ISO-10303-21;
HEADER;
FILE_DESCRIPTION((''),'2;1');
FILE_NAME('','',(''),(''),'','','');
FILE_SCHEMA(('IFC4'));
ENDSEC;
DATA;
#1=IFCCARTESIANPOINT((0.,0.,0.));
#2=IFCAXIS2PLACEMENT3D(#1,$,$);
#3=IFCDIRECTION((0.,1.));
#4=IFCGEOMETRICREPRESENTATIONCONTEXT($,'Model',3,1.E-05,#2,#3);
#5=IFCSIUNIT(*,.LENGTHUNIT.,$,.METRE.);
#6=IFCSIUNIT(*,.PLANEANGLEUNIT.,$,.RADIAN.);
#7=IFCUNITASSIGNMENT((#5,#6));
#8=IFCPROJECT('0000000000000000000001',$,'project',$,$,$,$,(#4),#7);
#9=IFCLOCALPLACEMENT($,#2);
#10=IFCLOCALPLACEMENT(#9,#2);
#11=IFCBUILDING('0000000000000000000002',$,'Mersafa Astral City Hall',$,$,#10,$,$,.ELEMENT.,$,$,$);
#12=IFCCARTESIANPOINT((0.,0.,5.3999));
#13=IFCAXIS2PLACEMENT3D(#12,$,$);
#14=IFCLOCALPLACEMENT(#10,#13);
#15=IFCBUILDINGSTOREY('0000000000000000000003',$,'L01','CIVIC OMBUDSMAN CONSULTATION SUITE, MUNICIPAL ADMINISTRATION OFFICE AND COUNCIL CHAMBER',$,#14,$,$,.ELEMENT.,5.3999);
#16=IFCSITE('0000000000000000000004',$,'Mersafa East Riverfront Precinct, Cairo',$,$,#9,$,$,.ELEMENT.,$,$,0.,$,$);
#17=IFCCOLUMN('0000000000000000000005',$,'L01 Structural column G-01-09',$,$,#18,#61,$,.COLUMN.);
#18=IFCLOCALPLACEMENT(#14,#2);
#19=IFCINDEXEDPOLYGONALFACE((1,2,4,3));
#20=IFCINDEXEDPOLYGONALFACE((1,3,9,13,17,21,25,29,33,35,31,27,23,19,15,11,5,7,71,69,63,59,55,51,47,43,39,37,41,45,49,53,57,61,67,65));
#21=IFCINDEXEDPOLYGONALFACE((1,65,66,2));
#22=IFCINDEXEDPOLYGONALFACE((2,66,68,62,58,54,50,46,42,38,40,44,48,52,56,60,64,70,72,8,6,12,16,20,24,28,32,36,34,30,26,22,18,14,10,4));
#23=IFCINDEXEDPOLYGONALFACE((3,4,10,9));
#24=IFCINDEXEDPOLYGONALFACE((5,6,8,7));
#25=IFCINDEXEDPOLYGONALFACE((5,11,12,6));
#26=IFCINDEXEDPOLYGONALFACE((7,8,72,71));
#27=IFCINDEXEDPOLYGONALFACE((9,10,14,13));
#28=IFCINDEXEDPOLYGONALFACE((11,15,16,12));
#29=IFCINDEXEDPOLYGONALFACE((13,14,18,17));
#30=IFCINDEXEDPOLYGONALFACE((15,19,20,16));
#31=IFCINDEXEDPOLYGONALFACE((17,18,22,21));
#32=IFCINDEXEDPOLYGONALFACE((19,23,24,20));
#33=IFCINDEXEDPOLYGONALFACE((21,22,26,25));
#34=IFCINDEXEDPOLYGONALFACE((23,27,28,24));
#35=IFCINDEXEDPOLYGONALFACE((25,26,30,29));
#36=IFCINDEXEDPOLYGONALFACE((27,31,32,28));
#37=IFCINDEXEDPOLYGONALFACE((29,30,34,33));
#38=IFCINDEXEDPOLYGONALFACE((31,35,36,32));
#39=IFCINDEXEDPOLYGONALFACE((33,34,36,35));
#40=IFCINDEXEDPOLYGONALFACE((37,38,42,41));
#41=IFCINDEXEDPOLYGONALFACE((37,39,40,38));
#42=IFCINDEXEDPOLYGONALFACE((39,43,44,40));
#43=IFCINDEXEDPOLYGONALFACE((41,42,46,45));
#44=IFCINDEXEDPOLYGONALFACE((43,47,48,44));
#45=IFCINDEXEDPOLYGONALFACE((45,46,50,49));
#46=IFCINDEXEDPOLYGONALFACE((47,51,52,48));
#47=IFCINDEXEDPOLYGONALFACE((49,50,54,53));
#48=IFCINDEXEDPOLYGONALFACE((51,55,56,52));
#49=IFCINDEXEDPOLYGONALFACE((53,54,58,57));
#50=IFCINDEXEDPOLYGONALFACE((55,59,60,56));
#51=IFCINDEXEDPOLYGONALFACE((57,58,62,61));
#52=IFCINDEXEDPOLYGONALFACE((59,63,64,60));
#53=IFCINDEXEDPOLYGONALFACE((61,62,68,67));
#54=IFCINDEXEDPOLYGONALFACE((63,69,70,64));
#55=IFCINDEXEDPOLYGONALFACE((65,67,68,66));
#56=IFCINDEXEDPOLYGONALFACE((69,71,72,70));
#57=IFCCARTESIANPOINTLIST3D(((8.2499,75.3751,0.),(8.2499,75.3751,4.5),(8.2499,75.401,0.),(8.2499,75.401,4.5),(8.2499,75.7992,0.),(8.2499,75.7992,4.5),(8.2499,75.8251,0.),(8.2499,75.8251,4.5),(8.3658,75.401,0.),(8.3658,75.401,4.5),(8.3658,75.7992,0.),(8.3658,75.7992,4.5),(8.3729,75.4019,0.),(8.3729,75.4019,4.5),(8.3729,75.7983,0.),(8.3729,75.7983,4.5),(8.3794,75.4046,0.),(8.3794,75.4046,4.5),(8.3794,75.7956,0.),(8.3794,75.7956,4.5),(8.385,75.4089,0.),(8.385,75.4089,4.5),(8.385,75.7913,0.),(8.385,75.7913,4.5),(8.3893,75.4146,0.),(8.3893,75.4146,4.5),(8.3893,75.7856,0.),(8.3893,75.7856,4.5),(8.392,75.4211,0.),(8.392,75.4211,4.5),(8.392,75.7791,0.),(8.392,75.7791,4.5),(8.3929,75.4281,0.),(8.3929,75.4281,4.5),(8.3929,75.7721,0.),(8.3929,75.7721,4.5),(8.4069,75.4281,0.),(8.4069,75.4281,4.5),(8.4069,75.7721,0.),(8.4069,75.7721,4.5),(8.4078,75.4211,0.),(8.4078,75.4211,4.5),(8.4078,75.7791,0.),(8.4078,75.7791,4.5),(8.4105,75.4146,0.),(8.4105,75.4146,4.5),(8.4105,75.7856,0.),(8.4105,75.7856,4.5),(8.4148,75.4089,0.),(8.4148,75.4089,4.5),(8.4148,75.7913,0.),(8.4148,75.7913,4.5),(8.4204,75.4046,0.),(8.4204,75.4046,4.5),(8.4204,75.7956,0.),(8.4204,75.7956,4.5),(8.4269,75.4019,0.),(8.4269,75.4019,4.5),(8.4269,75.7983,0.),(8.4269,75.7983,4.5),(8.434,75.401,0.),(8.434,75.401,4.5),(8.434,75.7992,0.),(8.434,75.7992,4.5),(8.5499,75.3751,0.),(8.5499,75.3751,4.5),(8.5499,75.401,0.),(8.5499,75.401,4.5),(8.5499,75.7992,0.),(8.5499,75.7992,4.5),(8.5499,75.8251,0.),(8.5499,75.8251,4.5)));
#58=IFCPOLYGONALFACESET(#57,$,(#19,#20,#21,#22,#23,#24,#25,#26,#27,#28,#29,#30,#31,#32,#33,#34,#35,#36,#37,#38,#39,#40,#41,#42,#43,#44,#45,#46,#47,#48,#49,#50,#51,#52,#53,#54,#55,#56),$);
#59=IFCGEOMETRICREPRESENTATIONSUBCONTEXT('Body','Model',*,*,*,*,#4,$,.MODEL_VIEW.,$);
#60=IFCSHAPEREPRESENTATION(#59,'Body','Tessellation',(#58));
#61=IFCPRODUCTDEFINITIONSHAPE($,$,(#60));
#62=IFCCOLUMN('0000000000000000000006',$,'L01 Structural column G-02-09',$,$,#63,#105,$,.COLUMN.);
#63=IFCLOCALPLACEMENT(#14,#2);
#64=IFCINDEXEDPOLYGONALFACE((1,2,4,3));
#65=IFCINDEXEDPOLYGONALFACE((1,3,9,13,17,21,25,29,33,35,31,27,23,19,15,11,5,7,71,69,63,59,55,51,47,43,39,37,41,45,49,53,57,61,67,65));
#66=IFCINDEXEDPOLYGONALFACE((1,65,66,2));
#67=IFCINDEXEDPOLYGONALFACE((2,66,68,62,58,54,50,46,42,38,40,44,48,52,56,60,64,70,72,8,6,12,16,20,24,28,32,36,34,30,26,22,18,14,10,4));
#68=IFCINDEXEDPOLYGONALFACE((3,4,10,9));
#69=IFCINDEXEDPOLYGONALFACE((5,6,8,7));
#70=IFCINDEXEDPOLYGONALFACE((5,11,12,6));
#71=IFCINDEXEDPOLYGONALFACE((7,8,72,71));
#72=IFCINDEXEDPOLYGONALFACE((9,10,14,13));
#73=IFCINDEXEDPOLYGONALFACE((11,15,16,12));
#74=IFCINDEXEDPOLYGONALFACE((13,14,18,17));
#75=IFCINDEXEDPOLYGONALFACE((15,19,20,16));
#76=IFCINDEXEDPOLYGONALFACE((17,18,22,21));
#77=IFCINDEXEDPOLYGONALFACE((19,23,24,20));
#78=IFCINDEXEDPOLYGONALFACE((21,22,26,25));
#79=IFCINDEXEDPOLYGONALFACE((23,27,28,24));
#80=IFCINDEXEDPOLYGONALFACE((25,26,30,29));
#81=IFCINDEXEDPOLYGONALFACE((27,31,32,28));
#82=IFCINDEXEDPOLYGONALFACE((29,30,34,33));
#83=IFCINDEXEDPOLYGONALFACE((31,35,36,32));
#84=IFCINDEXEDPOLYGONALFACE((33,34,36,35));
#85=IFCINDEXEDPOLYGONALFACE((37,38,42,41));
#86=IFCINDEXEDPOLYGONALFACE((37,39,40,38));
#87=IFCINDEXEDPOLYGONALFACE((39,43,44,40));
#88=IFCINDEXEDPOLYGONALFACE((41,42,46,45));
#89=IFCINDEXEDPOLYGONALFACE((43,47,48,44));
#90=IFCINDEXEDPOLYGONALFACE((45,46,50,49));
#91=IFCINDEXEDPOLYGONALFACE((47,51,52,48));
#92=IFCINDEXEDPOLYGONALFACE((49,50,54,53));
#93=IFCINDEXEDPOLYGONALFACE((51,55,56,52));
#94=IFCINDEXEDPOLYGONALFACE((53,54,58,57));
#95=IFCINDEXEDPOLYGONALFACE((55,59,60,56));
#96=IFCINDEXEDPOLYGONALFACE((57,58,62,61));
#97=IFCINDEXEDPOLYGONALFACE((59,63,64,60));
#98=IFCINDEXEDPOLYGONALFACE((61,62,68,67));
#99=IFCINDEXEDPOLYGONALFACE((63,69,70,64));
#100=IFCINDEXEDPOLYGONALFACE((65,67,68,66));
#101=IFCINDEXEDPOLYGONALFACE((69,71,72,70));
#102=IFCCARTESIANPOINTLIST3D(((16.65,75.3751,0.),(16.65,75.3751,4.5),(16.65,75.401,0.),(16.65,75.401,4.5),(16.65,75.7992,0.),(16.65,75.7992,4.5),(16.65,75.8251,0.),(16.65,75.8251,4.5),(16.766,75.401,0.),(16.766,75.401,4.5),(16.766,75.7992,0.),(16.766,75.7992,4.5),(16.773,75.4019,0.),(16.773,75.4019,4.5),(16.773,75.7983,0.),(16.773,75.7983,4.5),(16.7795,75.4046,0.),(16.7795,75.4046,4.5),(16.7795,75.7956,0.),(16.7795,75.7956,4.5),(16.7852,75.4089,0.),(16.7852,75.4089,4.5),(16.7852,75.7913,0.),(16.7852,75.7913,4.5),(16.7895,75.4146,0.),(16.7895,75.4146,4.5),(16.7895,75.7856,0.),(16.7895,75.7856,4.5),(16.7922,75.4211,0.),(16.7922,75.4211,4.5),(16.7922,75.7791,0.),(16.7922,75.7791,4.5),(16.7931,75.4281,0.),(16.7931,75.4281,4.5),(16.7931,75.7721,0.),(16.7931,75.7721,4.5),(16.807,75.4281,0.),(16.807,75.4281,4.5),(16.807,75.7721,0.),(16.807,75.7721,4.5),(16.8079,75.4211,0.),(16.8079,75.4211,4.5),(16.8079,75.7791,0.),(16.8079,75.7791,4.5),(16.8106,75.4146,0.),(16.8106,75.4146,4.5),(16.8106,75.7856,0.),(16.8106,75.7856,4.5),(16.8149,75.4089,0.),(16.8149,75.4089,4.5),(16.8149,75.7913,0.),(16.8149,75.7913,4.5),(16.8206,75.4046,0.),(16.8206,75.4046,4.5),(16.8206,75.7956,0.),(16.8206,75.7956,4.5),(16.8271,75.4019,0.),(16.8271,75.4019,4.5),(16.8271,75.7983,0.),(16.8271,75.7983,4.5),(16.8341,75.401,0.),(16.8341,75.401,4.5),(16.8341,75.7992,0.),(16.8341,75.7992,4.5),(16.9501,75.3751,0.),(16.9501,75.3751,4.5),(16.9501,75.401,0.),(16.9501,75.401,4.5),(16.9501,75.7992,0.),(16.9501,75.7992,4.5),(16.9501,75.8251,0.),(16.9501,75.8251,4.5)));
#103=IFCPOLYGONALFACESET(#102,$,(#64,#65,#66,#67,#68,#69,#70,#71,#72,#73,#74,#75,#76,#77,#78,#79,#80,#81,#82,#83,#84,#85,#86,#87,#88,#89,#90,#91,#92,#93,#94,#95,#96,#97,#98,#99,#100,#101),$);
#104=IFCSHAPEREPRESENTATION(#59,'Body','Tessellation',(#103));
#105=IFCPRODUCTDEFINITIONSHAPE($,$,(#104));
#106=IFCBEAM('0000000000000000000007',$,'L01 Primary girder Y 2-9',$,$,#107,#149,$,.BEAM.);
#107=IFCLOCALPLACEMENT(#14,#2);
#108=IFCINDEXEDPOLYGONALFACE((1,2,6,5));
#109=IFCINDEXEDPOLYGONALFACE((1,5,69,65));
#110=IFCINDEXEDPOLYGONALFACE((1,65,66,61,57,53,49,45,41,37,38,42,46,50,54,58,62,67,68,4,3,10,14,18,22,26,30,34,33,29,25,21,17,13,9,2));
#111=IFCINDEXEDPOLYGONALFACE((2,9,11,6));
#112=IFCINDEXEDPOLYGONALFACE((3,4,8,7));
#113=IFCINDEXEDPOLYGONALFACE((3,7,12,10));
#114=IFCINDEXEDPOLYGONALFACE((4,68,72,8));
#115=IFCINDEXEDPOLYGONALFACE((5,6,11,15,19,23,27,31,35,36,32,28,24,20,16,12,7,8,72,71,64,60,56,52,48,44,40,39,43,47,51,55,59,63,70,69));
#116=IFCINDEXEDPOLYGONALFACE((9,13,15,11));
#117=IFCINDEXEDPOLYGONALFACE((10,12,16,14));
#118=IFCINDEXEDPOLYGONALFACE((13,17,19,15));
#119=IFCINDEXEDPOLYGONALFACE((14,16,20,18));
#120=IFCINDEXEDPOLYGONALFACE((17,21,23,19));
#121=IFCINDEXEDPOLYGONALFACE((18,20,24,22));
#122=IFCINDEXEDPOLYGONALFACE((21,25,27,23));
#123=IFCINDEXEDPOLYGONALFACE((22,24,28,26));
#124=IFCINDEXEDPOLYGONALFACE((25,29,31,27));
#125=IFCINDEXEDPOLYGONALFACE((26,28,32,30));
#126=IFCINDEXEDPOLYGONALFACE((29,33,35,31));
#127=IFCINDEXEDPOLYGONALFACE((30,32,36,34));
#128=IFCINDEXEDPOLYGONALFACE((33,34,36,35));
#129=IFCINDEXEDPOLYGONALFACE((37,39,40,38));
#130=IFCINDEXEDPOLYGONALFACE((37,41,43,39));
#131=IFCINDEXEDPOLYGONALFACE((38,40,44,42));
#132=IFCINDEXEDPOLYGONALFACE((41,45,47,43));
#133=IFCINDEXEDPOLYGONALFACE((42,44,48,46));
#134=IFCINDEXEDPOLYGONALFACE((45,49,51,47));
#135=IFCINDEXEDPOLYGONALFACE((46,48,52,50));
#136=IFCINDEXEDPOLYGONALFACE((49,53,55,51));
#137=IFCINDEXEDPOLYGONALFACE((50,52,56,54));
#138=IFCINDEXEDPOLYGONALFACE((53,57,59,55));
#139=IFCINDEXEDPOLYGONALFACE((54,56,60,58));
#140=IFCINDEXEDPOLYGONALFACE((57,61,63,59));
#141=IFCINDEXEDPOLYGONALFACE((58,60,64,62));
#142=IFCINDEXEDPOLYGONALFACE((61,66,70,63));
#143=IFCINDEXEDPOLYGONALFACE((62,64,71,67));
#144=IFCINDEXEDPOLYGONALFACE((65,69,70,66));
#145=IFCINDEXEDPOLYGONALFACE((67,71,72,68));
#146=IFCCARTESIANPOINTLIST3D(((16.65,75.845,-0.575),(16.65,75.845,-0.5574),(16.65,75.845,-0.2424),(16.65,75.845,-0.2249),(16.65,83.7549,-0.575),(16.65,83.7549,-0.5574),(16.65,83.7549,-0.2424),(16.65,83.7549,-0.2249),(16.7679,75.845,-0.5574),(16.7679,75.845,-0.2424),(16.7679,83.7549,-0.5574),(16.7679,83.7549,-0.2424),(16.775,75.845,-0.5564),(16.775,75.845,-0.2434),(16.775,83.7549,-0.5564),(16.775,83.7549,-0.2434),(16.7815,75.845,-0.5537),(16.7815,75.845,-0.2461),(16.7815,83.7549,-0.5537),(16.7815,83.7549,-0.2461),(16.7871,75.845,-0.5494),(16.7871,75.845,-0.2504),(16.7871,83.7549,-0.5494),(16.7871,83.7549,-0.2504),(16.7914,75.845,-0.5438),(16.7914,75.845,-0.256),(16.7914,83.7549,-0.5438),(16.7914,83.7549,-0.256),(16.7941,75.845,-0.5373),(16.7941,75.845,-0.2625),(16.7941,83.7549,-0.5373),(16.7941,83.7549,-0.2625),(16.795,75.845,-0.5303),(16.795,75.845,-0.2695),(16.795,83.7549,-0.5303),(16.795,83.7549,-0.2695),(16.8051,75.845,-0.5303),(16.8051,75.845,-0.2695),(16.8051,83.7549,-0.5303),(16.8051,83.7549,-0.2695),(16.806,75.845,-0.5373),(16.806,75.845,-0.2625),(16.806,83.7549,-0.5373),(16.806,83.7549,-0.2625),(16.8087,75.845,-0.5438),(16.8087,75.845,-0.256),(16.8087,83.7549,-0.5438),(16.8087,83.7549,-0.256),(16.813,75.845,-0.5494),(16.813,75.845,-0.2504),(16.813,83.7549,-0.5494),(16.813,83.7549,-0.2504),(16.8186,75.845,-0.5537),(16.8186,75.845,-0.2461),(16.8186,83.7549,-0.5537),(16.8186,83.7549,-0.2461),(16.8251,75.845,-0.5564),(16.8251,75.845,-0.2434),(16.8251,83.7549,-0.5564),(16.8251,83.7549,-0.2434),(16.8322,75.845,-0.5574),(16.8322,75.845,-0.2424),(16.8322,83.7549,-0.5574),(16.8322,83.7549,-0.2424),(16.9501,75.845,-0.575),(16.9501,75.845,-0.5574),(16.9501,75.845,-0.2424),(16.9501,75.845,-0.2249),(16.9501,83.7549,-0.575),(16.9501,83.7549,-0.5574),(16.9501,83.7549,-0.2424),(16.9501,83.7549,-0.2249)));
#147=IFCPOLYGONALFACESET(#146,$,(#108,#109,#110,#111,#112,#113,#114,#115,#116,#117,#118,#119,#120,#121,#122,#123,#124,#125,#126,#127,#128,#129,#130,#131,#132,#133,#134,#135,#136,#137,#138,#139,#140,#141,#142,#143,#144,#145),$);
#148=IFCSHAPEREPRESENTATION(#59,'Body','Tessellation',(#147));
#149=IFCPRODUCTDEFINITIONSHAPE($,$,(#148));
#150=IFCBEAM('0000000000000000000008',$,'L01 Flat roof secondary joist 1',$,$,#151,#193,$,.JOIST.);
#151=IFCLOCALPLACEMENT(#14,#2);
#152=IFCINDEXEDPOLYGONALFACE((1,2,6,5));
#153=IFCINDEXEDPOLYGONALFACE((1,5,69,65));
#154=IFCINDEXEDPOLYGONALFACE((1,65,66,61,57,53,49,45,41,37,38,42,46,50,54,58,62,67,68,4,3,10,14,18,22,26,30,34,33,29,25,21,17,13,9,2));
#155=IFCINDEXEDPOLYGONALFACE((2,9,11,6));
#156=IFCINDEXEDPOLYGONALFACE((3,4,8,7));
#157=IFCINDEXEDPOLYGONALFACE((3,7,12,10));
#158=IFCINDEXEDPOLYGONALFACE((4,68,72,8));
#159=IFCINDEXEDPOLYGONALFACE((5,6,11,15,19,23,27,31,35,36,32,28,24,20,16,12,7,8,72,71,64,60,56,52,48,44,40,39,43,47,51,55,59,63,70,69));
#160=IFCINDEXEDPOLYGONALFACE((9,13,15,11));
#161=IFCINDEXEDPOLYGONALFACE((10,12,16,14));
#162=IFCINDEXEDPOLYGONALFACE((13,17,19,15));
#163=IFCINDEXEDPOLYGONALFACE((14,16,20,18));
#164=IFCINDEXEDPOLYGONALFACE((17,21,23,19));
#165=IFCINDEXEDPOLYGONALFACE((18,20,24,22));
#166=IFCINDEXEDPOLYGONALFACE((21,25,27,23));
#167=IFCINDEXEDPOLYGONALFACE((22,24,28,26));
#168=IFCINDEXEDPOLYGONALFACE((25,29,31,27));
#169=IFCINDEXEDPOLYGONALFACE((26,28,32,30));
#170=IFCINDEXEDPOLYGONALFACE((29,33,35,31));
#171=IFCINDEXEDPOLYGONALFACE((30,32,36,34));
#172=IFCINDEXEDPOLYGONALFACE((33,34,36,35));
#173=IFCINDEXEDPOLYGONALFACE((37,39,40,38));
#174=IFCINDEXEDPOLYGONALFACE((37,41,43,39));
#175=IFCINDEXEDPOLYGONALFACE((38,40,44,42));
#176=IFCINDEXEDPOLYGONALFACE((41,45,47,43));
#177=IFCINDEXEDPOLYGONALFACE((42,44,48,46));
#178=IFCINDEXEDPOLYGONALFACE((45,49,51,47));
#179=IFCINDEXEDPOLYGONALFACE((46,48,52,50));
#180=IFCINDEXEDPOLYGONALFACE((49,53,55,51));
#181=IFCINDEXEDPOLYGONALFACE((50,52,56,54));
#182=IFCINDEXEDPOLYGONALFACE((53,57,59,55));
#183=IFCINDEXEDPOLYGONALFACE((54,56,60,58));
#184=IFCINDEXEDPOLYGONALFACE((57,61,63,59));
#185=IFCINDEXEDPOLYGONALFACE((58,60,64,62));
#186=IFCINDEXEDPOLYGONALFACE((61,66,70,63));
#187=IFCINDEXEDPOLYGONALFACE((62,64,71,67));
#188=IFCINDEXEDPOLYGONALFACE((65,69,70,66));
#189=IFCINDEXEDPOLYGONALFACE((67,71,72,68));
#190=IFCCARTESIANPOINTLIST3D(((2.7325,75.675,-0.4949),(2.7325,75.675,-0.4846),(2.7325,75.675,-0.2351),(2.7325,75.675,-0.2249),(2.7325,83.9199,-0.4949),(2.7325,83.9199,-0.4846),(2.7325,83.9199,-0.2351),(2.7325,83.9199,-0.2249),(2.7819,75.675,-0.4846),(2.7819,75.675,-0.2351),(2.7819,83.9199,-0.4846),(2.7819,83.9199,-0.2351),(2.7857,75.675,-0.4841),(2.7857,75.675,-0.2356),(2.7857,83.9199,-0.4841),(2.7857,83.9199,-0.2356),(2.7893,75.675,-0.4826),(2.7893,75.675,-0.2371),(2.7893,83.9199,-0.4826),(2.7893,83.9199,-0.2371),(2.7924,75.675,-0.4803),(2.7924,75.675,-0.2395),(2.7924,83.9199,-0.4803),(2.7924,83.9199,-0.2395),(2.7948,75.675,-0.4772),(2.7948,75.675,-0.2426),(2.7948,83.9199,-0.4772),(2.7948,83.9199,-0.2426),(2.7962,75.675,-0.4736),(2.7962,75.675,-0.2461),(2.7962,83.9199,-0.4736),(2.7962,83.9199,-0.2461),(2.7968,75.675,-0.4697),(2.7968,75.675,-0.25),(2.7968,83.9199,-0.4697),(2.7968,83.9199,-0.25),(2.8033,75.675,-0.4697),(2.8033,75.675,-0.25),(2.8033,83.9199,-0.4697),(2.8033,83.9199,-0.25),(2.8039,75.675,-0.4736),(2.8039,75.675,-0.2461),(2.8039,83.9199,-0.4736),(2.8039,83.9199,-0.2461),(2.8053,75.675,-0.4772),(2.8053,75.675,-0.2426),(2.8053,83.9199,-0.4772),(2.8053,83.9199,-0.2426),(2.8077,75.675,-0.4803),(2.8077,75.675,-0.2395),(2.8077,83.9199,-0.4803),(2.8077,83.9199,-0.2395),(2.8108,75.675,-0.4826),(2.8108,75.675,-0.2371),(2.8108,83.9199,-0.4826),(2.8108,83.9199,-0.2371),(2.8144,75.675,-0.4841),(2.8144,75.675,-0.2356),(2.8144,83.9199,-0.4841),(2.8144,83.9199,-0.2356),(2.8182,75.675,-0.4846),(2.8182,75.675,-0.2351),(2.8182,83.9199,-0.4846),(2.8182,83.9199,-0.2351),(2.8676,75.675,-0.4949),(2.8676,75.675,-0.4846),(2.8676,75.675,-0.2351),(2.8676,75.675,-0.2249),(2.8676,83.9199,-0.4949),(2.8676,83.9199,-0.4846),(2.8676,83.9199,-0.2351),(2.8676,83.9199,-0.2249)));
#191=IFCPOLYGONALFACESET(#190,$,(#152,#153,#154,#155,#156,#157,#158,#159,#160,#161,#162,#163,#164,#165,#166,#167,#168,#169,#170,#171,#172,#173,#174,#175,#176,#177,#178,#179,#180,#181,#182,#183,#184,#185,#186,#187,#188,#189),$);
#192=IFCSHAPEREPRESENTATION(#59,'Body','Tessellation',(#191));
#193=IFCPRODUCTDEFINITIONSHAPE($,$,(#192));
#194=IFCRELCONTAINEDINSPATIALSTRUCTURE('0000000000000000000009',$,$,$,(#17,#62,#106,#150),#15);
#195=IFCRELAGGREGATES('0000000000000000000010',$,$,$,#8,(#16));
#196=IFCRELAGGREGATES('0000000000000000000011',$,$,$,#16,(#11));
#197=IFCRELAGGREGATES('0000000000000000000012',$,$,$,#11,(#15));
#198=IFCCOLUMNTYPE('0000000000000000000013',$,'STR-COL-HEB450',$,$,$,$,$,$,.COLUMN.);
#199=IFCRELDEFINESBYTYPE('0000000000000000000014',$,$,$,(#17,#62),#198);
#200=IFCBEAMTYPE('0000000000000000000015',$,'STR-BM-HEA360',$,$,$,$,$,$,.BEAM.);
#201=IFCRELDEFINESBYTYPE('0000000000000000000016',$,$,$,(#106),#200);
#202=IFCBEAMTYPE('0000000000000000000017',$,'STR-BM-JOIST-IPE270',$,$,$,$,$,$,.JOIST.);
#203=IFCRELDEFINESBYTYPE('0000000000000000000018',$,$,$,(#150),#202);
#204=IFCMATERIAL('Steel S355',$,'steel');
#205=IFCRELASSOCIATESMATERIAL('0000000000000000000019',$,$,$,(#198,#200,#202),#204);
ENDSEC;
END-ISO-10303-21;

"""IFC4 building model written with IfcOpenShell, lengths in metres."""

from ifc_helpers import new_model, si_unit, direction, frame, origin, origin_2d, place, context, subcontext, project, spatial, i_section, extrude, material, material_profile, profile_set, type_object, element, save


model = new_model("IFC4")

# Units and contexts
model_context = context("Model", 3, precision=1e-05, world=origin(), true_north=direction((0.0, 1.0)))
body_context = subcontext(model_context, "Body", "Model", "MODEL_VIEW")
ifc_project = project(units=[si_unit("LENGTHUNIT", "METRE"), si_unit("PLANEANGLEUNIT", "RADIAN")], contexts=[model_context])

# Site, building, storey
site_placement = place(None, origin())
site = spatial("IfcSite", under=ifc_project, at=site_placement, Name="Mersafa East Riverfront Precinct, Cairo", CompositionType="ELEMENT", RefElevation=0.0)
building_placement = place(site_placement, origin())
building = spatial("IfcBuilding", under=site, at=building_placement, Name="Mersafa Astral City Hall", CompositionType="ELEMENT")
storey_placement = place(building_placement, frame((0.0, 0.0, 5.3999)))
storey = spatial("IfcBuildingStorey", under=building, at=storey_placement, Name="L01", Description="CIVIC OMBUDSMAN CONSULTATION SUITE, MUNICIPAL ADMINISTRATION OFFICE AND COUNCIL CHAMBER", CompositionType="ELEMENT", Elevation=5.3999)

# Columns
ifc_material_1 = material(Name="Steel S355", Category="steel")
ifc_material_profile_1 = material_profile(ifc_material_1, i_section(OverallWidth=0.3, OverallDepth=0.45, WebThickness=0.0139, FlangeThickness=0.0259, FilletRadius=0.0271, at=origin_2d()), Name="HEB 450")
ifc_profile_set_1 = profile_set([ifc_material_profile_1], Name="Steel S355")
column_type = type_object("IfcColumnType", Name="STR-COL-HEB450", PredefinedType="COLUMN", material=ifc_profile_set_1)
for number, where, z_axis, x_axis, name in (
    (1, (8.3999, 75.6001, 0.0), (0.0, 0.0, 1.0), (1.0, 0.0, 0.0), "L01 Structural column G-01-09"),
    (2, (16.8, 75.6001, 0.0), (0.0, 0.0, 1.0), (1.0, 0.0, 0.0), "L01 Structural column G-02-09"),
):
    element("IfcColumn", number, at=place(storey_placement, frame(where, z_axis=z_axis, x_axis=x_axis)), inside=storey, type_object=column_type, Name=name, PredefinedType="COLUMN", context=body_context, shape_type="SweptSolid", body=[
        extrude(i_section(OverallWidth=0.3, OverallDepth=0.45, WebThickness=0.0139, FlangeThickness=0.0259, FilletRadius=0.0271, at=origin_2d()), origin(), (0.0, 0.0, 1.0), 4.5),
    ])

# Beams
ifc_material_profile_2 = material_profile(ifc_material_1, i_section(OverallWidth=0.3, OverallDepth=0.3501, WebThickness=0.01, FlangeThickness=0.0176, FilletRadius=0.0271, at=origin_2d()), Name="HEA 360")
ifc_profile_set_2 = profile_set([ifc_material_profile_2], Name="Steel S355")
beam_type_1 = type_object("IfcBeamType", Name="STR-BM-HEA360", PredefinedType="BEAM", material=ifc_profile_set_2)
beam_1_placement = place(storey_placement, frame((16.8, 75.845, -0.3999), z_axis=(0.0, 1.0, 0.0), x_axis=(-1.0, 0.0, 0.0)))
element("IfcBeam", 3, at=beam_1_placement, inside=storey, type_object=beam_type_1, Name="L01 Primary girder Y 2-9", PredefinedType="BEAM", context=body_context, shape_type="SweptSolid", body=[
    extrude(i_section(OverallWidth=0.3, OverallDepth=0.3501, WebThickness=0.01, FlangeThickness=0.0176, FilletRadius=0.0271, at=origin_2d()), origin(), (0.0, 0.0, 1.0), 7.9099),
])
ifc_material_profile_3 = material_profile(ifc_material_1, i_section(OverallWidth=0.135, OverallDepth=0.27, WebThickness=0.0066, FlangeThickness=0.0103, FilletRadius=0.0149, at=origin_2d()), Name="IPE 270")
ifc_profile_set_3 = profile_set([ifc_material_profile_3], Name="Steel S355")
beam_type_2 = type_object("IfcBeamType", Name="STR-BM-JOIST-IPE270", PredefinedType="JOIST", material=ifc_profile_set_3)
for number, where, z_axis, x_axis, name in (
    (4, (2.8, 75.675, -0.3599), (0.0, 1.0, 0.0), (-1.0, 0.0, 0.0), "L01 Flat roof secondary joist 1"),
):
    element("IfcBeam", number, at=place(storey_placement, frame(where, z_axis=z_axis, x_axis=x_axis)), inside=storey, type_object=beam_type_2, Name=name, PredefinedType="JOIST", context=body_context, shape_type="SweptSolid", body=[
        extrude(i_section(OverallWidth=0.135, OverallDepth=0.27, WebThickness=0.0066, FlangeThickness=0.0103, FilletRadius=0.0149, at=origin_2d()), origin(), (0.0, 0.0, 1.0), 8.2449),
    ])

save(model, "model.ifc")
